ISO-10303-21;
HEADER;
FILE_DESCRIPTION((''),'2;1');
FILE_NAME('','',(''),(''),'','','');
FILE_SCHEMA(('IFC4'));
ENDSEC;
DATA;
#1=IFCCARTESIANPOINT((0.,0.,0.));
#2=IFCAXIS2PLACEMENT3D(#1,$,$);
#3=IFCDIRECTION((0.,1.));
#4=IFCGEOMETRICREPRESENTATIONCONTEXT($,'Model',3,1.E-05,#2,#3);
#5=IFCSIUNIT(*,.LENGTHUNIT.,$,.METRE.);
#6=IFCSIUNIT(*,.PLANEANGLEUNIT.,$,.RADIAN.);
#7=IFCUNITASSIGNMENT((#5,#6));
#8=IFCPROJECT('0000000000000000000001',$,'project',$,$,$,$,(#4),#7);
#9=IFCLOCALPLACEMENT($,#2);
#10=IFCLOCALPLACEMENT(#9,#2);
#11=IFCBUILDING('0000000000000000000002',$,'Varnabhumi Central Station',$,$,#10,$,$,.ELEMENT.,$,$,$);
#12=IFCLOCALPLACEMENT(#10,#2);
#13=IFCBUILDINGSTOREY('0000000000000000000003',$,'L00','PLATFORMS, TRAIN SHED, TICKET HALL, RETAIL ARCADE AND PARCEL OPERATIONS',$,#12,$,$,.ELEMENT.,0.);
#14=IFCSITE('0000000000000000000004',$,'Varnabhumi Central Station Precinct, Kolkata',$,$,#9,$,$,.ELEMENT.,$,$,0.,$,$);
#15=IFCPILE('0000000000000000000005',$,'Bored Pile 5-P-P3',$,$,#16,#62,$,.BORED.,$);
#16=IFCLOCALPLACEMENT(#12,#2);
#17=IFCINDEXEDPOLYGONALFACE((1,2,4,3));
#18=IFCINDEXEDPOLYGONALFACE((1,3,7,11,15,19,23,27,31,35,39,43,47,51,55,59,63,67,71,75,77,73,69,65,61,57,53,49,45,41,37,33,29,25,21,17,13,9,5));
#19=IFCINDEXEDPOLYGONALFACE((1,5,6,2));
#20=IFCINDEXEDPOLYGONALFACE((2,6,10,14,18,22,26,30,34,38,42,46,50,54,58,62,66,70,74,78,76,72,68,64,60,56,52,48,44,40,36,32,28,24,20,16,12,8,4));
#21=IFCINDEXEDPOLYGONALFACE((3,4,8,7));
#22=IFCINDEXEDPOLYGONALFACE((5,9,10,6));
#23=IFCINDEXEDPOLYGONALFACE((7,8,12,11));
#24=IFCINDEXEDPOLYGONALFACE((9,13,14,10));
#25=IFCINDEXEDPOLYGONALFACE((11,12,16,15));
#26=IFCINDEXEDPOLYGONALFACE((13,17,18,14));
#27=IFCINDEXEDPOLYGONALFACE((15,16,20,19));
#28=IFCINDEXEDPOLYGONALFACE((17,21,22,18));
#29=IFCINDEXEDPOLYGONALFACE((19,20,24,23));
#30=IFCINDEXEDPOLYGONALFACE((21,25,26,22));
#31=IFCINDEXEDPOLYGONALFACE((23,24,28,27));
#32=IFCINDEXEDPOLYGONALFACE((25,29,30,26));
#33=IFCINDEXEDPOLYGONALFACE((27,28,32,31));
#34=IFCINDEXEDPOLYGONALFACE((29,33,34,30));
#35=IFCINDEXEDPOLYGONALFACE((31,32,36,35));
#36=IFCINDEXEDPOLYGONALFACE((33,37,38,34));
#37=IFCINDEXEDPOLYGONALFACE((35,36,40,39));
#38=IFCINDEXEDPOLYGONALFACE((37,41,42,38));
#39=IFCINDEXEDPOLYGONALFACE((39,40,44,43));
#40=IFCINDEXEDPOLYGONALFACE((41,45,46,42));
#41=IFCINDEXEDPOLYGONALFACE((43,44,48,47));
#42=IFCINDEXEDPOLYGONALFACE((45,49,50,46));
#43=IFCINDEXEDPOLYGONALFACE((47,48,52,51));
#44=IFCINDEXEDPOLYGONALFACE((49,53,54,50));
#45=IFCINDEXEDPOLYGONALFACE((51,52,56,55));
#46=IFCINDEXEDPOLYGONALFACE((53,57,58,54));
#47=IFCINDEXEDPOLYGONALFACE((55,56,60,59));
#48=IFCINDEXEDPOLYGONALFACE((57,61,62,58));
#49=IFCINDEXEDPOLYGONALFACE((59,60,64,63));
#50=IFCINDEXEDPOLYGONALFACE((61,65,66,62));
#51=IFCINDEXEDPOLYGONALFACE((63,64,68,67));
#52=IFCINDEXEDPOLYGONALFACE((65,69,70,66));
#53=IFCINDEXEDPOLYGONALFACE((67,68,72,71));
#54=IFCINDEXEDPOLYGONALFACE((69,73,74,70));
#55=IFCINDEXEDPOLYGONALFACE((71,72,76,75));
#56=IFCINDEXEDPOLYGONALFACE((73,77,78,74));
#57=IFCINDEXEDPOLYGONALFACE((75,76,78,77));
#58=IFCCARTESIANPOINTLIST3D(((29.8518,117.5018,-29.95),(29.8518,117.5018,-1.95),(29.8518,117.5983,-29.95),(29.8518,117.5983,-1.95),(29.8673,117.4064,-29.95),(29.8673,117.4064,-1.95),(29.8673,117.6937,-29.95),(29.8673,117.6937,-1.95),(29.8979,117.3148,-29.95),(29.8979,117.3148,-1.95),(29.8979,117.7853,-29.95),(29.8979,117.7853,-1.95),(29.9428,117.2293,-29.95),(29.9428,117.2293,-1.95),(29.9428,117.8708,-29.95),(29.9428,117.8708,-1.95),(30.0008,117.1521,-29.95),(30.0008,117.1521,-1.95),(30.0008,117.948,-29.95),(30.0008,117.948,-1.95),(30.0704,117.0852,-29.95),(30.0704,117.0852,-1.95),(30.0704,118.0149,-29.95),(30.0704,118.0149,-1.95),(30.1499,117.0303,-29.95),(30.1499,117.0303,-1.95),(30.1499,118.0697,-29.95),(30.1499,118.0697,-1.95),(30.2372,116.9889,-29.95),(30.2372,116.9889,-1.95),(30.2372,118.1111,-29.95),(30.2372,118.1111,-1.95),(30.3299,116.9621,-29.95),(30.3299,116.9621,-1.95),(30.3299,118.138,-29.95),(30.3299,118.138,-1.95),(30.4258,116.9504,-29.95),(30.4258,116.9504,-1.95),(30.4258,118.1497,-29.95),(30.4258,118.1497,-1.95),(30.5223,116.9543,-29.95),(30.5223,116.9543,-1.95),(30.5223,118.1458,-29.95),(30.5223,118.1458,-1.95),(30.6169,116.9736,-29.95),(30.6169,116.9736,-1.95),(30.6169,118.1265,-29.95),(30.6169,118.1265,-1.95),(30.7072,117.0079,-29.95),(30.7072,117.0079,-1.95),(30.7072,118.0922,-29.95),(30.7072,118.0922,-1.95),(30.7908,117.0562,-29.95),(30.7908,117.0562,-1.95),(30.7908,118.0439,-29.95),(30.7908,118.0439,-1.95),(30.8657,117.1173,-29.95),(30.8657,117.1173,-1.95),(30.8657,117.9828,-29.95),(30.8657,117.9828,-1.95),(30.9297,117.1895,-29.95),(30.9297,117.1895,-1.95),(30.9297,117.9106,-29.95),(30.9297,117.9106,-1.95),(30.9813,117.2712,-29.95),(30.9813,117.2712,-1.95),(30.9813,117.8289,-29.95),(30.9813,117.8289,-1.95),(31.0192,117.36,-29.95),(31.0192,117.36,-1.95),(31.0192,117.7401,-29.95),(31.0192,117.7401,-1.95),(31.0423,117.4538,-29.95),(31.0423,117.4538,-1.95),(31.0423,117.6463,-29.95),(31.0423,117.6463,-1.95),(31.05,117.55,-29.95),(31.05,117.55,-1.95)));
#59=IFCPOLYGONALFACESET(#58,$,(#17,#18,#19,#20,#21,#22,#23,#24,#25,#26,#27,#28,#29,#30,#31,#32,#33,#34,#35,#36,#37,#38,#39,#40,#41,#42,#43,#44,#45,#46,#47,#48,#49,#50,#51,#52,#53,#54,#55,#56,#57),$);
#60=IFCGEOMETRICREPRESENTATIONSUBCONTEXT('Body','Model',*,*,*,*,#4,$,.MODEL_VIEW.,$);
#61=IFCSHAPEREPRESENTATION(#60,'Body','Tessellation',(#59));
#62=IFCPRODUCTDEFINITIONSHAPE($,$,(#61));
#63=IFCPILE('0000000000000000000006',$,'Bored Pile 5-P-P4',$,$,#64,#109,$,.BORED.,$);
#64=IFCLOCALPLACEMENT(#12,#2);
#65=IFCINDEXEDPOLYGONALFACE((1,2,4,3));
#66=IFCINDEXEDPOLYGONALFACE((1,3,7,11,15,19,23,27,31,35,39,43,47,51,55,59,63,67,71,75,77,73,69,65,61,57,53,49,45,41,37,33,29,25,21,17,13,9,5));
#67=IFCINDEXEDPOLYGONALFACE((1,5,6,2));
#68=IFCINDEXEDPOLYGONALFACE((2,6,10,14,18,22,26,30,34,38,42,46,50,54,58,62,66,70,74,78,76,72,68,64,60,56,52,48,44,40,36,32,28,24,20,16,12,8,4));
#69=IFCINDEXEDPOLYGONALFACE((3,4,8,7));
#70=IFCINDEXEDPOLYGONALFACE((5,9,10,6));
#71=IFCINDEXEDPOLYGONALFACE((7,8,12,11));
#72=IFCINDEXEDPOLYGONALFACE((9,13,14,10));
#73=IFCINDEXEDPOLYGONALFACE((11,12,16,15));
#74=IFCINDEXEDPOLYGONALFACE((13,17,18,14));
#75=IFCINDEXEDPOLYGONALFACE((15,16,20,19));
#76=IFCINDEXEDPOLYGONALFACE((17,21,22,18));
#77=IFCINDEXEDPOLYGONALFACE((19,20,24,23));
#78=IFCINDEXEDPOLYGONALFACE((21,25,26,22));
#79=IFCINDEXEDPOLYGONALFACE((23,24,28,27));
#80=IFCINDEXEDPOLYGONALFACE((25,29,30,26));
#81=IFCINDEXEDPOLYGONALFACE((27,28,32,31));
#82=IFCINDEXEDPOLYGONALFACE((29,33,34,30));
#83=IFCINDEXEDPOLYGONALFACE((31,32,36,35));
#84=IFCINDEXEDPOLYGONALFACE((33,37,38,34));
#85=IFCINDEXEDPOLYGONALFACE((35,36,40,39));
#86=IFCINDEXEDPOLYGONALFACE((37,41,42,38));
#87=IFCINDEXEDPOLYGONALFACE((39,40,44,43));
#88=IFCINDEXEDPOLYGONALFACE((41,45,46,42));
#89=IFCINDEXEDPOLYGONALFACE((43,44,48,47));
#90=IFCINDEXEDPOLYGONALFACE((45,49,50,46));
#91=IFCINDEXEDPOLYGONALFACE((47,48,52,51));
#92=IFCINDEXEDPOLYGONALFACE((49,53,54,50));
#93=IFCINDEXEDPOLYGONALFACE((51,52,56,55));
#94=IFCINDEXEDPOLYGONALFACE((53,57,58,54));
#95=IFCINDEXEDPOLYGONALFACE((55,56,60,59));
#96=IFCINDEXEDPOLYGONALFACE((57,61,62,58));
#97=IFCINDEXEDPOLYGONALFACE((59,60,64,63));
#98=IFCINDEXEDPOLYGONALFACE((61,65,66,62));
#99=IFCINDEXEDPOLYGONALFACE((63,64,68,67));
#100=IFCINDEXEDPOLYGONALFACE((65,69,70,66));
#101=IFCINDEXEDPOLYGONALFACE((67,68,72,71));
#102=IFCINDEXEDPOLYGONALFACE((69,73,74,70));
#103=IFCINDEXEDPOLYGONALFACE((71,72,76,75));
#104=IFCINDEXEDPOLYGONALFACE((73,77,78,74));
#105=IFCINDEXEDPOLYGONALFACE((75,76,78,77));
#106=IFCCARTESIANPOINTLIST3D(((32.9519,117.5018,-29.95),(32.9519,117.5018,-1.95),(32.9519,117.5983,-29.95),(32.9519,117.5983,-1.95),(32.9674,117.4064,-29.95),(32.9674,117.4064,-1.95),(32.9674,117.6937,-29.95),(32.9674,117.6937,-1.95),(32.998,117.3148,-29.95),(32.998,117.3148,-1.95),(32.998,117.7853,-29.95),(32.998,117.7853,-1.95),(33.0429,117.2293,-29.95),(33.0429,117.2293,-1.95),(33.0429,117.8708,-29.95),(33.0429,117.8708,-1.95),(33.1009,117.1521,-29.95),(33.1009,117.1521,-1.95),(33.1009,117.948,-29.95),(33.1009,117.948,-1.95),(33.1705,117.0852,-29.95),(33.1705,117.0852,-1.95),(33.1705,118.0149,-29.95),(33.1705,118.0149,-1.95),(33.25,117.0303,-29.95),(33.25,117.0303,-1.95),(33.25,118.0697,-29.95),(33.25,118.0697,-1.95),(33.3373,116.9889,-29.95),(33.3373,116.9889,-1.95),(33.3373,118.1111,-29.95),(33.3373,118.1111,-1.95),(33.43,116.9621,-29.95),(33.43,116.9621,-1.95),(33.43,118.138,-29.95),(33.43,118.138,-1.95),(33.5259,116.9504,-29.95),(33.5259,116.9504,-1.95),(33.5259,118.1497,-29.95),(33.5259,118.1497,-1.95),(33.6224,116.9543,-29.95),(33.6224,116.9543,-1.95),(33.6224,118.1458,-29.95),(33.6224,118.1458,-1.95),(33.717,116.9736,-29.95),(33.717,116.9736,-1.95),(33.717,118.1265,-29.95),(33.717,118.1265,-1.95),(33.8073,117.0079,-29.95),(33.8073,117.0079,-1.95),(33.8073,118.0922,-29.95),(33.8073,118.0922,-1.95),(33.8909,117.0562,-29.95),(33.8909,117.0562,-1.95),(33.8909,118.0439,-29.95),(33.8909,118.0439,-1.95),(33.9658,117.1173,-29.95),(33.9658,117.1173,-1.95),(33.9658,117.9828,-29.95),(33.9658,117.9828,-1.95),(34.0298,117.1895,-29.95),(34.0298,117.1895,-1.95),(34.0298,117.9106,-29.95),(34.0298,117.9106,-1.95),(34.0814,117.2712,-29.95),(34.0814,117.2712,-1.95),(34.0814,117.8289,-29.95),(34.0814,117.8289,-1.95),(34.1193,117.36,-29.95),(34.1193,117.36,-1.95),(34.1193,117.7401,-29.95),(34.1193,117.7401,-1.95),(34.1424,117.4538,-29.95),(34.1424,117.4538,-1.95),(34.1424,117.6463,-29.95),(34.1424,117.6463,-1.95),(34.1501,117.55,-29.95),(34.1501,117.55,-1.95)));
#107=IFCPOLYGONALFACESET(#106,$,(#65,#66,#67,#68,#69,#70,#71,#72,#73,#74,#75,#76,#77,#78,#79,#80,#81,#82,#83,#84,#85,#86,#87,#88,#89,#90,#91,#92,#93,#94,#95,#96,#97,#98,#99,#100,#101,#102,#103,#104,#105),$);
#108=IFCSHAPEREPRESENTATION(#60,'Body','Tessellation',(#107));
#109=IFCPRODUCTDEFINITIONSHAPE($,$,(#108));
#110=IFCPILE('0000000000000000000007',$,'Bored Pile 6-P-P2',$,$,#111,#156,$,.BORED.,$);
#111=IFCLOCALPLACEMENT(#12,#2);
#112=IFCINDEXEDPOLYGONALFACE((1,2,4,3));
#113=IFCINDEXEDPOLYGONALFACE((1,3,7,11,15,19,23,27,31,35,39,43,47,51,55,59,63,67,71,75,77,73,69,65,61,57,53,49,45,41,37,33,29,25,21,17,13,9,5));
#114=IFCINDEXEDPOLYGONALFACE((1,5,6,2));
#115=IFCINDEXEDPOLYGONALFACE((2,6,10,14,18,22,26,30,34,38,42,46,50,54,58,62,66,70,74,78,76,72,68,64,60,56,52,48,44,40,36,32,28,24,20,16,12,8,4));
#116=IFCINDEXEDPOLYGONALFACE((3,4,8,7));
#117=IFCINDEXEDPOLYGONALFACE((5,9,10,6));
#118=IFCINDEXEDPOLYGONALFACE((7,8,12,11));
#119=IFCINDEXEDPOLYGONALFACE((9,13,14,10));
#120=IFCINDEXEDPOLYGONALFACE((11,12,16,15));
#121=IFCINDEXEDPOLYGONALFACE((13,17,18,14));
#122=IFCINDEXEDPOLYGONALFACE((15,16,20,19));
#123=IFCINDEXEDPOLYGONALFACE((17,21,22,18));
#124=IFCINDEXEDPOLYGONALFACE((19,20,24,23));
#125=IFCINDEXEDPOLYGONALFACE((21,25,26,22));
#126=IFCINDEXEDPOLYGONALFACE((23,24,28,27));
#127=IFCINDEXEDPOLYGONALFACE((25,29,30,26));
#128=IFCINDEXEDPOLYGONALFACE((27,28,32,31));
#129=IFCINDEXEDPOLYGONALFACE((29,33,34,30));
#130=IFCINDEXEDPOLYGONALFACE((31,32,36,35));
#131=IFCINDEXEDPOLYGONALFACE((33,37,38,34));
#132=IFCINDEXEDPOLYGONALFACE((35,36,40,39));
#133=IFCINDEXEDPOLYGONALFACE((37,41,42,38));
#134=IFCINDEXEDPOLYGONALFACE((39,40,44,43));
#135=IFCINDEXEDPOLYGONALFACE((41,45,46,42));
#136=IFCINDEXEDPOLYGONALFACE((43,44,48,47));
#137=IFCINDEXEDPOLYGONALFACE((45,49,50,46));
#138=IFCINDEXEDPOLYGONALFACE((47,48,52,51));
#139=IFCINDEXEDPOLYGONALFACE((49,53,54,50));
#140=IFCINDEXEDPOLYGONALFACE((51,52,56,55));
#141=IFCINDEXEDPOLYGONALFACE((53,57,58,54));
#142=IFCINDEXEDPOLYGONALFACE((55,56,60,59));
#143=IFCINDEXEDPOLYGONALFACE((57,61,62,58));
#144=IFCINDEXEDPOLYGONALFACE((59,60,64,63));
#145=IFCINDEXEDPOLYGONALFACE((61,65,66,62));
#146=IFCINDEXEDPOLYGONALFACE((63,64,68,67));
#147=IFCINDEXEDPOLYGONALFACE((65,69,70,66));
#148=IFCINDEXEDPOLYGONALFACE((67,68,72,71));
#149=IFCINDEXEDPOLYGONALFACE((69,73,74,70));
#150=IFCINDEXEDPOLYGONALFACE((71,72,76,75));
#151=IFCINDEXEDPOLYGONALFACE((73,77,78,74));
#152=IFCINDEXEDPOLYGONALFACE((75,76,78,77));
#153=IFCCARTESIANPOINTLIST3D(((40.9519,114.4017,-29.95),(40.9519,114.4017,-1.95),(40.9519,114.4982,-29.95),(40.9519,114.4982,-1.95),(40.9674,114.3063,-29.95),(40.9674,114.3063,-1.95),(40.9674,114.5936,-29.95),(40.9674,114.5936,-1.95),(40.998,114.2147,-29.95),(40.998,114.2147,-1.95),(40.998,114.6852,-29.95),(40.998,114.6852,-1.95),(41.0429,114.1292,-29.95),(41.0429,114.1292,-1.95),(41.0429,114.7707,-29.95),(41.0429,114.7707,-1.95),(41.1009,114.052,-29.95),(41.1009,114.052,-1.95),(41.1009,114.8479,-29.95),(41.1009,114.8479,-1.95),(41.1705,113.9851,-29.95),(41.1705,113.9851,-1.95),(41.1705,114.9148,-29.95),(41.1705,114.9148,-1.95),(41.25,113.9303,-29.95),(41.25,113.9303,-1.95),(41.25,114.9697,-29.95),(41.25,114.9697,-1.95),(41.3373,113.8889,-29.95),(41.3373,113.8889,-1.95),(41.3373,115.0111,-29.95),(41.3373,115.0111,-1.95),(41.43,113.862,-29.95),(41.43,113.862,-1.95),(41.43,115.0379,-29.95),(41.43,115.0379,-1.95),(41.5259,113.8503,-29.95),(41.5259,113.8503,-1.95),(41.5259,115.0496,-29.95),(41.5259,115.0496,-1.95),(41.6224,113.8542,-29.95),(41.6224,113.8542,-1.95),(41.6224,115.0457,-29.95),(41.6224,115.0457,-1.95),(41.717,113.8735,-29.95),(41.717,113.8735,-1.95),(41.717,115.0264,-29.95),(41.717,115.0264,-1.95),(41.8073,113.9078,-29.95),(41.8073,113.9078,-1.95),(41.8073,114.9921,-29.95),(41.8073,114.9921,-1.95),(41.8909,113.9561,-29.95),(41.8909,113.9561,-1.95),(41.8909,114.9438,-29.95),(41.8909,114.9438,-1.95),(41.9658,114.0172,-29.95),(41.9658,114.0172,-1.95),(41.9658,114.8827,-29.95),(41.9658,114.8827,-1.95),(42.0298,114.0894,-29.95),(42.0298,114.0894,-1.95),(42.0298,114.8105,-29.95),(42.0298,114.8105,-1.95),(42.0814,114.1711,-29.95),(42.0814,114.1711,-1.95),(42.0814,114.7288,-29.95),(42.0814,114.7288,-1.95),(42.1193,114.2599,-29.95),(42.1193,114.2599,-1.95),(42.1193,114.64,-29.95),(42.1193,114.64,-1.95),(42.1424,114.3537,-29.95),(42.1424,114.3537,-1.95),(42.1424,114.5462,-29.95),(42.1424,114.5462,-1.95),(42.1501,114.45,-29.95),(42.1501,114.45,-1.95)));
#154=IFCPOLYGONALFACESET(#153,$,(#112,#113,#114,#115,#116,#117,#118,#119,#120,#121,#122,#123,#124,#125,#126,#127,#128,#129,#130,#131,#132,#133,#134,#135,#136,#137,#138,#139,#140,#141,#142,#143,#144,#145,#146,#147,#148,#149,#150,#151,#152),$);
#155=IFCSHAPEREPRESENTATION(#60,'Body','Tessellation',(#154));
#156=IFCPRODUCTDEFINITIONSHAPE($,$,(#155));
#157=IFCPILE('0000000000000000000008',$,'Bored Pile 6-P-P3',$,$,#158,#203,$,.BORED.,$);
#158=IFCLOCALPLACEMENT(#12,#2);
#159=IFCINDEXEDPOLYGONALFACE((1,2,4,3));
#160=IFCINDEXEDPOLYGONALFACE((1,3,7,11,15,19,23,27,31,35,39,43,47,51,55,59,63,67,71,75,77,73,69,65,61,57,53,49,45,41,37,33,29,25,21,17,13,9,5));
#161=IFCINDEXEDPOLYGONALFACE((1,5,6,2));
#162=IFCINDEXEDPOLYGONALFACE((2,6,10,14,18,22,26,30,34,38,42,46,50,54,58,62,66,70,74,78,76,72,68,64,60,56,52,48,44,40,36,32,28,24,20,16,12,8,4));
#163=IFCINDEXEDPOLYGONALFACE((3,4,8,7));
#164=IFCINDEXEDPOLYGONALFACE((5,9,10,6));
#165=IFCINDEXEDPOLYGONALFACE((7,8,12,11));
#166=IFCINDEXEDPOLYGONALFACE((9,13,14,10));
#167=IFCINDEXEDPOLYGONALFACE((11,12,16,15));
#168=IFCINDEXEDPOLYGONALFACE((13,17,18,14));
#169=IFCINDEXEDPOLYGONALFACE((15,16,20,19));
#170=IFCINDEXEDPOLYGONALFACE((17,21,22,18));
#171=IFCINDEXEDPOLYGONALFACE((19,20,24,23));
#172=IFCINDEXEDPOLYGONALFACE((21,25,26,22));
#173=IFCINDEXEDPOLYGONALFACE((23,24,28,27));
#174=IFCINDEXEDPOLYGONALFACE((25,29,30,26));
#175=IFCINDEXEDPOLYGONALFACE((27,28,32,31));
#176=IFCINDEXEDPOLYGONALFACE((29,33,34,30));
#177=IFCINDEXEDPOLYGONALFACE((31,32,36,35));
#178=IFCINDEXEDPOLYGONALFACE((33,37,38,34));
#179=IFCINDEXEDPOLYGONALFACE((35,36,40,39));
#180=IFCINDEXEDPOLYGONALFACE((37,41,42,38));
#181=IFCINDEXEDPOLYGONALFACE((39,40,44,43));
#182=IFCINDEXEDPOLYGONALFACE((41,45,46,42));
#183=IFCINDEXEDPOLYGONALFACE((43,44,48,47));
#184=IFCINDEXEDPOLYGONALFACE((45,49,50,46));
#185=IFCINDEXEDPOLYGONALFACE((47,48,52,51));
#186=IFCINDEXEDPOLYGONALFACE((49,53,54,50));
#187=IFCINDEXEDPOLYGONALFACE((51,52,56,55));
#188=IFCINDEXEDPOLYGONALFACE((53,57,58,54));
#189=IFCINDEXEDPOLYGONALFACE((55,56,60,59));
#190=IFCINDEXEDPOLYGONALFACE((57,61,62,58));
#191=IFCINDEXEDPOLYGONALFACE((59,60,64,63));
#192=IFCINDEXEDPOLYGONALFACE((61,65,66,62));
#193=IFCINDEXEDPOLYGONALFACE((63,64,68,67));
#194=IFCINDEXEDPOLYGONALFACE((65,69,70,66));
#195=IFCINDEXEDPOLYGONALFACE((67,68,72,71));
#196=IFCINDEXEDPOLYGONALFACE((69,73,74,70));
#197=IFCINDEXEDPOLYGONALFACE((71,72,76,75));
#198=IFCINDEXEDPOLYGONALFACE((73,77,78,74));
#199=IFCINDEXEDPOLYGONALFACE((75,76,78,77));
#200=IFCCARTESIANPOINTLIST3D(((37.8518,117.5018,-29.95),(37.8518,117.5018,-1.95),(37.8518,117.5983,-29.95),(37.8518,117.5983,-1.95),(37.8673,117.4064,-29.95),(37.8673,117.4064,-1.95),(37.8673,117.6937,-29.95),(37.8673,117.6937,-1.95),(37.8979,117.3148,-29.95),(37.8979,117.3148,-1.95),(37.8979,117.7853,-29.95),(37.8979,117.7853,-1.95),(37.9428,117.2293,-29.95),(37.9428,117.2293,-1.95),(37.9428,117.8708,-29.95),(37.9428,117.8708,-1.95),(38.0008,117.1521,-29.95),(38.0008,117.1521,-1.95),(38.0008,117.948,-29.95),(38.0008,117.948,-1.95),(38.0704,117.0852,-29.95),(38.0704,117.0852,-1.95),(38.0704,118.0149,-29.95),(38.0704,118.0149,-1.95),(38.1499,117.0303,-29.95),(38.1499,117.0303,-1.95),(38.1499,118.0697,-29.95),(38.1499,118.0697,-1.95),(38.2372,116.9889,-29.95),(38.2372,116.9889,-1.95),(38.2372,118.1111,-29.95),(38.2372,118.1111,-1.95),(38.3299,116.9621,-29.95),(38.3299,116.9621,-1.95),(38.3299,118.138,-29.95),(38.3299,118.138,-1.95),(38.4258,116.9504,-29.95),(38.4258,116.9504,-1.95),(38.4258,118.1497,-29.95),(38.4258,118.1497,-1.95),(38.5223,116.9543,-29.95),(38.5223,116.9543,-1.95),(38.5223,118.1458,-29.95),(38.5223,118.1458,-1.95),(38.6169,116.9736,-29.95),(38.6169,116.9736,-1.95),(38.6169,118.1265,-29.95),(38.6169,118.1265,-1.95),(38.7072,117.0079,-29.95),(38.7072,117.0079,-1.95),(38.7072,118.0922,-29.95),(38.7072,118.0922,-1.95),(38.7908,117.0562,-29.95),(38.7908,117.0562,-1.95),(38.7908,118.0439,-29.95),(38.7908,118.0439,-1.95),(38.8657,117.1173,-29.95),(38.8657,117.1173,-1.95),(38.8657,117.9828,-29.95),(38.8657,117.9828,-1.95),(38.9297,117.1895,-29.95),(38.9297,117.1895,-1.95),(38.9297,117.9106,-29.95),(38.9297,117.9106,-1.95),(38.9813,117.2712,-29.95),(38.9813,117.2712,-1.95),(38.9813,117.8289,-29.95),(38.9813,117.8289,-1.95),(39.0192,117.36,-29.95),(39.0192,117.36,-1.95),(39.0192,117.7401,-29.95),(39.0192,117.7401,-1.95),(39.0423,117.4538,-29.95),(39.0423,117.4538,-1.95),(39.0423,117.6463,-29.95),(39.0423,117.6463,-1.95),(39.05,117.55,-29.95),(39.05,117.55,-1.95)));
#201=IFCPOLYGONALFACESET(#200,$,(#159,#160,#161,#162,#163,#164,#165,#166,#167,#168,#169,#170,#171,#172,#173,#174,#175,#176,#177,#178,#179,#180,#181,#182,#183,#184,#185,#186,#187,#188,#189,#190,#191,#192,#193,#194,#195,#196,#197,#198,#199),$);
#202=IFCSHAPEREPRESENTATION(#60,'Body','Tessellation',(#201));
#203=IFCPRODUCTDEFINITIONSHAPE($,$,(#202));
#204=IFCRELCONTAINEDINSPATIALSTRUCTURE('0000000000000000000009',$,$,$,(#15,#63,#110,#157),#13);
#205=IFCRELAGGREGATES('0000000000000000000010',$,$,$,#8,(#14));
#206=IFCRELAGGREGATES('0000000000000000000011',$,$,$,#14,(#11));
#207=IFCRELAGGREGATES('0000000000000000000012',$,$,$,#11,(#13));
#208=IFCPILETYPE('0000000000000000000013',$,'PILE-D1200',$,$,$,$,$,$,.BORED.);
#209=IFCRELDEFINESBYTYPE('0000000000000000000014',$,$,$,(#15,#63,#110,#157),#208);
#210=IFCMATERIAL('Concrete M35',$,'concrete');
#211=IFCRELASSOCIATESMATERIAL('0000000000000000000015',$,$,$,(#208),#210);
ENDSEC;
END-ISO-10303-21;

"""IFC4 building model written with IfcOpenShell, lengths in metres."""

from ifc_helpers import new_model, si_unit, direction, frame, origin, origin_2d, place, context, subcontext, project, spatial, circle, extrude, material, material_profile, profile_set, type_object, element, save


model = new_model("IFC4")

# Units and contexts
model_context = context("Model", 3, precision=1e-05, world=origin(), true_north=direction((0.0, 1.0)))
body_context = subcontext(model_context, "Body", "Model", "MODEL_VIEW")
ifc_project = project(units=[si_unit("LENGTHUNIT", "METRE"), si_unit("PLANEANGLEUNIT", "RADIAN")], contexts=[model_context])

# Site, building, storey
site_placement = place(None, origin())
site = spatial("IfcSite", under=ifc_project, at=site_placement, Name="Varnabhumi Central Station Precinct, Kolkata", CompositionType="ELEMENT", RefElevation=0.0)
building_placement = place(site_placement, origin())
building = spatial("IfcBuilding", under=site, at=building_placement, Name="Varnabhumi Central Station", CompositionType="ELEMENT")
storey_placement = place(building_placement, origin())
storey = spatial("IfcBuildingStorey", under=building, at=storey_placement, Name="L00", Description="PLATFORMS, TRAIN SHED, TICKET HALL, RETAIL ARCADE AND PARCEL OPERATIONS", CompositionType="ELEMENT", Elevation=0.0)

# Piles
ifc_material_1 = material(Name="Concrete M35", Category="concrete")
ifc_material_profile_1 = material_profile(ifc_material_1, circle(Radius=0.6001, at=origin_2d()), Name="Concrete M35", Category="concrete")
ifc_profile_set_1 = profile_set([ifc_material_profile_1], Name="Concrete M35")
pile_type_1 = type_object("IfcPileType", Name="PILE-D1200", PredefinedType="BORED", material=ifc_profile_set_1)
for number, where, z_axis, x_axis, name in (
    (1, (30.45, 117.55, -1.95), (0.0, 0.0, -1.0), (1.0, 0.0, 0.0), "Bored Pile 5-P-P3"),
    (2, (33.55, 117.55, -1.95), (0.0, 0.0, -1.0), (1.0, 0.0, 0.0), "Bored Pile 5-P-P4"),
    (3, (41.55, 114.45, -1.95), (0.0, 0.0, -1.0), (1.0, 0.0, 0.0), "Bored Pile 6-P-P2"),
    (4, (38.45, 117.55, -1.95), (0.0, 0.0, -1.0), (1.0, 0.0, 0.0), "Bored Pile 6-P-P3"),
):
    element("IfcPile", number, at=place(storey_placement, frame(where, z_axis=z_axis, x_axis=x_axis)), inside=storey, type_object=pile_type_1, Name=name, PredefinedType="BORED", context=body_context, shape_type="SweptSolid", body=[
        extrude(circle(Radius=0.6001, at=origin_2d()), origin(), (0.0, 0.0, 1.0), 28.0),
    ])

save(model, "model.ifc")
